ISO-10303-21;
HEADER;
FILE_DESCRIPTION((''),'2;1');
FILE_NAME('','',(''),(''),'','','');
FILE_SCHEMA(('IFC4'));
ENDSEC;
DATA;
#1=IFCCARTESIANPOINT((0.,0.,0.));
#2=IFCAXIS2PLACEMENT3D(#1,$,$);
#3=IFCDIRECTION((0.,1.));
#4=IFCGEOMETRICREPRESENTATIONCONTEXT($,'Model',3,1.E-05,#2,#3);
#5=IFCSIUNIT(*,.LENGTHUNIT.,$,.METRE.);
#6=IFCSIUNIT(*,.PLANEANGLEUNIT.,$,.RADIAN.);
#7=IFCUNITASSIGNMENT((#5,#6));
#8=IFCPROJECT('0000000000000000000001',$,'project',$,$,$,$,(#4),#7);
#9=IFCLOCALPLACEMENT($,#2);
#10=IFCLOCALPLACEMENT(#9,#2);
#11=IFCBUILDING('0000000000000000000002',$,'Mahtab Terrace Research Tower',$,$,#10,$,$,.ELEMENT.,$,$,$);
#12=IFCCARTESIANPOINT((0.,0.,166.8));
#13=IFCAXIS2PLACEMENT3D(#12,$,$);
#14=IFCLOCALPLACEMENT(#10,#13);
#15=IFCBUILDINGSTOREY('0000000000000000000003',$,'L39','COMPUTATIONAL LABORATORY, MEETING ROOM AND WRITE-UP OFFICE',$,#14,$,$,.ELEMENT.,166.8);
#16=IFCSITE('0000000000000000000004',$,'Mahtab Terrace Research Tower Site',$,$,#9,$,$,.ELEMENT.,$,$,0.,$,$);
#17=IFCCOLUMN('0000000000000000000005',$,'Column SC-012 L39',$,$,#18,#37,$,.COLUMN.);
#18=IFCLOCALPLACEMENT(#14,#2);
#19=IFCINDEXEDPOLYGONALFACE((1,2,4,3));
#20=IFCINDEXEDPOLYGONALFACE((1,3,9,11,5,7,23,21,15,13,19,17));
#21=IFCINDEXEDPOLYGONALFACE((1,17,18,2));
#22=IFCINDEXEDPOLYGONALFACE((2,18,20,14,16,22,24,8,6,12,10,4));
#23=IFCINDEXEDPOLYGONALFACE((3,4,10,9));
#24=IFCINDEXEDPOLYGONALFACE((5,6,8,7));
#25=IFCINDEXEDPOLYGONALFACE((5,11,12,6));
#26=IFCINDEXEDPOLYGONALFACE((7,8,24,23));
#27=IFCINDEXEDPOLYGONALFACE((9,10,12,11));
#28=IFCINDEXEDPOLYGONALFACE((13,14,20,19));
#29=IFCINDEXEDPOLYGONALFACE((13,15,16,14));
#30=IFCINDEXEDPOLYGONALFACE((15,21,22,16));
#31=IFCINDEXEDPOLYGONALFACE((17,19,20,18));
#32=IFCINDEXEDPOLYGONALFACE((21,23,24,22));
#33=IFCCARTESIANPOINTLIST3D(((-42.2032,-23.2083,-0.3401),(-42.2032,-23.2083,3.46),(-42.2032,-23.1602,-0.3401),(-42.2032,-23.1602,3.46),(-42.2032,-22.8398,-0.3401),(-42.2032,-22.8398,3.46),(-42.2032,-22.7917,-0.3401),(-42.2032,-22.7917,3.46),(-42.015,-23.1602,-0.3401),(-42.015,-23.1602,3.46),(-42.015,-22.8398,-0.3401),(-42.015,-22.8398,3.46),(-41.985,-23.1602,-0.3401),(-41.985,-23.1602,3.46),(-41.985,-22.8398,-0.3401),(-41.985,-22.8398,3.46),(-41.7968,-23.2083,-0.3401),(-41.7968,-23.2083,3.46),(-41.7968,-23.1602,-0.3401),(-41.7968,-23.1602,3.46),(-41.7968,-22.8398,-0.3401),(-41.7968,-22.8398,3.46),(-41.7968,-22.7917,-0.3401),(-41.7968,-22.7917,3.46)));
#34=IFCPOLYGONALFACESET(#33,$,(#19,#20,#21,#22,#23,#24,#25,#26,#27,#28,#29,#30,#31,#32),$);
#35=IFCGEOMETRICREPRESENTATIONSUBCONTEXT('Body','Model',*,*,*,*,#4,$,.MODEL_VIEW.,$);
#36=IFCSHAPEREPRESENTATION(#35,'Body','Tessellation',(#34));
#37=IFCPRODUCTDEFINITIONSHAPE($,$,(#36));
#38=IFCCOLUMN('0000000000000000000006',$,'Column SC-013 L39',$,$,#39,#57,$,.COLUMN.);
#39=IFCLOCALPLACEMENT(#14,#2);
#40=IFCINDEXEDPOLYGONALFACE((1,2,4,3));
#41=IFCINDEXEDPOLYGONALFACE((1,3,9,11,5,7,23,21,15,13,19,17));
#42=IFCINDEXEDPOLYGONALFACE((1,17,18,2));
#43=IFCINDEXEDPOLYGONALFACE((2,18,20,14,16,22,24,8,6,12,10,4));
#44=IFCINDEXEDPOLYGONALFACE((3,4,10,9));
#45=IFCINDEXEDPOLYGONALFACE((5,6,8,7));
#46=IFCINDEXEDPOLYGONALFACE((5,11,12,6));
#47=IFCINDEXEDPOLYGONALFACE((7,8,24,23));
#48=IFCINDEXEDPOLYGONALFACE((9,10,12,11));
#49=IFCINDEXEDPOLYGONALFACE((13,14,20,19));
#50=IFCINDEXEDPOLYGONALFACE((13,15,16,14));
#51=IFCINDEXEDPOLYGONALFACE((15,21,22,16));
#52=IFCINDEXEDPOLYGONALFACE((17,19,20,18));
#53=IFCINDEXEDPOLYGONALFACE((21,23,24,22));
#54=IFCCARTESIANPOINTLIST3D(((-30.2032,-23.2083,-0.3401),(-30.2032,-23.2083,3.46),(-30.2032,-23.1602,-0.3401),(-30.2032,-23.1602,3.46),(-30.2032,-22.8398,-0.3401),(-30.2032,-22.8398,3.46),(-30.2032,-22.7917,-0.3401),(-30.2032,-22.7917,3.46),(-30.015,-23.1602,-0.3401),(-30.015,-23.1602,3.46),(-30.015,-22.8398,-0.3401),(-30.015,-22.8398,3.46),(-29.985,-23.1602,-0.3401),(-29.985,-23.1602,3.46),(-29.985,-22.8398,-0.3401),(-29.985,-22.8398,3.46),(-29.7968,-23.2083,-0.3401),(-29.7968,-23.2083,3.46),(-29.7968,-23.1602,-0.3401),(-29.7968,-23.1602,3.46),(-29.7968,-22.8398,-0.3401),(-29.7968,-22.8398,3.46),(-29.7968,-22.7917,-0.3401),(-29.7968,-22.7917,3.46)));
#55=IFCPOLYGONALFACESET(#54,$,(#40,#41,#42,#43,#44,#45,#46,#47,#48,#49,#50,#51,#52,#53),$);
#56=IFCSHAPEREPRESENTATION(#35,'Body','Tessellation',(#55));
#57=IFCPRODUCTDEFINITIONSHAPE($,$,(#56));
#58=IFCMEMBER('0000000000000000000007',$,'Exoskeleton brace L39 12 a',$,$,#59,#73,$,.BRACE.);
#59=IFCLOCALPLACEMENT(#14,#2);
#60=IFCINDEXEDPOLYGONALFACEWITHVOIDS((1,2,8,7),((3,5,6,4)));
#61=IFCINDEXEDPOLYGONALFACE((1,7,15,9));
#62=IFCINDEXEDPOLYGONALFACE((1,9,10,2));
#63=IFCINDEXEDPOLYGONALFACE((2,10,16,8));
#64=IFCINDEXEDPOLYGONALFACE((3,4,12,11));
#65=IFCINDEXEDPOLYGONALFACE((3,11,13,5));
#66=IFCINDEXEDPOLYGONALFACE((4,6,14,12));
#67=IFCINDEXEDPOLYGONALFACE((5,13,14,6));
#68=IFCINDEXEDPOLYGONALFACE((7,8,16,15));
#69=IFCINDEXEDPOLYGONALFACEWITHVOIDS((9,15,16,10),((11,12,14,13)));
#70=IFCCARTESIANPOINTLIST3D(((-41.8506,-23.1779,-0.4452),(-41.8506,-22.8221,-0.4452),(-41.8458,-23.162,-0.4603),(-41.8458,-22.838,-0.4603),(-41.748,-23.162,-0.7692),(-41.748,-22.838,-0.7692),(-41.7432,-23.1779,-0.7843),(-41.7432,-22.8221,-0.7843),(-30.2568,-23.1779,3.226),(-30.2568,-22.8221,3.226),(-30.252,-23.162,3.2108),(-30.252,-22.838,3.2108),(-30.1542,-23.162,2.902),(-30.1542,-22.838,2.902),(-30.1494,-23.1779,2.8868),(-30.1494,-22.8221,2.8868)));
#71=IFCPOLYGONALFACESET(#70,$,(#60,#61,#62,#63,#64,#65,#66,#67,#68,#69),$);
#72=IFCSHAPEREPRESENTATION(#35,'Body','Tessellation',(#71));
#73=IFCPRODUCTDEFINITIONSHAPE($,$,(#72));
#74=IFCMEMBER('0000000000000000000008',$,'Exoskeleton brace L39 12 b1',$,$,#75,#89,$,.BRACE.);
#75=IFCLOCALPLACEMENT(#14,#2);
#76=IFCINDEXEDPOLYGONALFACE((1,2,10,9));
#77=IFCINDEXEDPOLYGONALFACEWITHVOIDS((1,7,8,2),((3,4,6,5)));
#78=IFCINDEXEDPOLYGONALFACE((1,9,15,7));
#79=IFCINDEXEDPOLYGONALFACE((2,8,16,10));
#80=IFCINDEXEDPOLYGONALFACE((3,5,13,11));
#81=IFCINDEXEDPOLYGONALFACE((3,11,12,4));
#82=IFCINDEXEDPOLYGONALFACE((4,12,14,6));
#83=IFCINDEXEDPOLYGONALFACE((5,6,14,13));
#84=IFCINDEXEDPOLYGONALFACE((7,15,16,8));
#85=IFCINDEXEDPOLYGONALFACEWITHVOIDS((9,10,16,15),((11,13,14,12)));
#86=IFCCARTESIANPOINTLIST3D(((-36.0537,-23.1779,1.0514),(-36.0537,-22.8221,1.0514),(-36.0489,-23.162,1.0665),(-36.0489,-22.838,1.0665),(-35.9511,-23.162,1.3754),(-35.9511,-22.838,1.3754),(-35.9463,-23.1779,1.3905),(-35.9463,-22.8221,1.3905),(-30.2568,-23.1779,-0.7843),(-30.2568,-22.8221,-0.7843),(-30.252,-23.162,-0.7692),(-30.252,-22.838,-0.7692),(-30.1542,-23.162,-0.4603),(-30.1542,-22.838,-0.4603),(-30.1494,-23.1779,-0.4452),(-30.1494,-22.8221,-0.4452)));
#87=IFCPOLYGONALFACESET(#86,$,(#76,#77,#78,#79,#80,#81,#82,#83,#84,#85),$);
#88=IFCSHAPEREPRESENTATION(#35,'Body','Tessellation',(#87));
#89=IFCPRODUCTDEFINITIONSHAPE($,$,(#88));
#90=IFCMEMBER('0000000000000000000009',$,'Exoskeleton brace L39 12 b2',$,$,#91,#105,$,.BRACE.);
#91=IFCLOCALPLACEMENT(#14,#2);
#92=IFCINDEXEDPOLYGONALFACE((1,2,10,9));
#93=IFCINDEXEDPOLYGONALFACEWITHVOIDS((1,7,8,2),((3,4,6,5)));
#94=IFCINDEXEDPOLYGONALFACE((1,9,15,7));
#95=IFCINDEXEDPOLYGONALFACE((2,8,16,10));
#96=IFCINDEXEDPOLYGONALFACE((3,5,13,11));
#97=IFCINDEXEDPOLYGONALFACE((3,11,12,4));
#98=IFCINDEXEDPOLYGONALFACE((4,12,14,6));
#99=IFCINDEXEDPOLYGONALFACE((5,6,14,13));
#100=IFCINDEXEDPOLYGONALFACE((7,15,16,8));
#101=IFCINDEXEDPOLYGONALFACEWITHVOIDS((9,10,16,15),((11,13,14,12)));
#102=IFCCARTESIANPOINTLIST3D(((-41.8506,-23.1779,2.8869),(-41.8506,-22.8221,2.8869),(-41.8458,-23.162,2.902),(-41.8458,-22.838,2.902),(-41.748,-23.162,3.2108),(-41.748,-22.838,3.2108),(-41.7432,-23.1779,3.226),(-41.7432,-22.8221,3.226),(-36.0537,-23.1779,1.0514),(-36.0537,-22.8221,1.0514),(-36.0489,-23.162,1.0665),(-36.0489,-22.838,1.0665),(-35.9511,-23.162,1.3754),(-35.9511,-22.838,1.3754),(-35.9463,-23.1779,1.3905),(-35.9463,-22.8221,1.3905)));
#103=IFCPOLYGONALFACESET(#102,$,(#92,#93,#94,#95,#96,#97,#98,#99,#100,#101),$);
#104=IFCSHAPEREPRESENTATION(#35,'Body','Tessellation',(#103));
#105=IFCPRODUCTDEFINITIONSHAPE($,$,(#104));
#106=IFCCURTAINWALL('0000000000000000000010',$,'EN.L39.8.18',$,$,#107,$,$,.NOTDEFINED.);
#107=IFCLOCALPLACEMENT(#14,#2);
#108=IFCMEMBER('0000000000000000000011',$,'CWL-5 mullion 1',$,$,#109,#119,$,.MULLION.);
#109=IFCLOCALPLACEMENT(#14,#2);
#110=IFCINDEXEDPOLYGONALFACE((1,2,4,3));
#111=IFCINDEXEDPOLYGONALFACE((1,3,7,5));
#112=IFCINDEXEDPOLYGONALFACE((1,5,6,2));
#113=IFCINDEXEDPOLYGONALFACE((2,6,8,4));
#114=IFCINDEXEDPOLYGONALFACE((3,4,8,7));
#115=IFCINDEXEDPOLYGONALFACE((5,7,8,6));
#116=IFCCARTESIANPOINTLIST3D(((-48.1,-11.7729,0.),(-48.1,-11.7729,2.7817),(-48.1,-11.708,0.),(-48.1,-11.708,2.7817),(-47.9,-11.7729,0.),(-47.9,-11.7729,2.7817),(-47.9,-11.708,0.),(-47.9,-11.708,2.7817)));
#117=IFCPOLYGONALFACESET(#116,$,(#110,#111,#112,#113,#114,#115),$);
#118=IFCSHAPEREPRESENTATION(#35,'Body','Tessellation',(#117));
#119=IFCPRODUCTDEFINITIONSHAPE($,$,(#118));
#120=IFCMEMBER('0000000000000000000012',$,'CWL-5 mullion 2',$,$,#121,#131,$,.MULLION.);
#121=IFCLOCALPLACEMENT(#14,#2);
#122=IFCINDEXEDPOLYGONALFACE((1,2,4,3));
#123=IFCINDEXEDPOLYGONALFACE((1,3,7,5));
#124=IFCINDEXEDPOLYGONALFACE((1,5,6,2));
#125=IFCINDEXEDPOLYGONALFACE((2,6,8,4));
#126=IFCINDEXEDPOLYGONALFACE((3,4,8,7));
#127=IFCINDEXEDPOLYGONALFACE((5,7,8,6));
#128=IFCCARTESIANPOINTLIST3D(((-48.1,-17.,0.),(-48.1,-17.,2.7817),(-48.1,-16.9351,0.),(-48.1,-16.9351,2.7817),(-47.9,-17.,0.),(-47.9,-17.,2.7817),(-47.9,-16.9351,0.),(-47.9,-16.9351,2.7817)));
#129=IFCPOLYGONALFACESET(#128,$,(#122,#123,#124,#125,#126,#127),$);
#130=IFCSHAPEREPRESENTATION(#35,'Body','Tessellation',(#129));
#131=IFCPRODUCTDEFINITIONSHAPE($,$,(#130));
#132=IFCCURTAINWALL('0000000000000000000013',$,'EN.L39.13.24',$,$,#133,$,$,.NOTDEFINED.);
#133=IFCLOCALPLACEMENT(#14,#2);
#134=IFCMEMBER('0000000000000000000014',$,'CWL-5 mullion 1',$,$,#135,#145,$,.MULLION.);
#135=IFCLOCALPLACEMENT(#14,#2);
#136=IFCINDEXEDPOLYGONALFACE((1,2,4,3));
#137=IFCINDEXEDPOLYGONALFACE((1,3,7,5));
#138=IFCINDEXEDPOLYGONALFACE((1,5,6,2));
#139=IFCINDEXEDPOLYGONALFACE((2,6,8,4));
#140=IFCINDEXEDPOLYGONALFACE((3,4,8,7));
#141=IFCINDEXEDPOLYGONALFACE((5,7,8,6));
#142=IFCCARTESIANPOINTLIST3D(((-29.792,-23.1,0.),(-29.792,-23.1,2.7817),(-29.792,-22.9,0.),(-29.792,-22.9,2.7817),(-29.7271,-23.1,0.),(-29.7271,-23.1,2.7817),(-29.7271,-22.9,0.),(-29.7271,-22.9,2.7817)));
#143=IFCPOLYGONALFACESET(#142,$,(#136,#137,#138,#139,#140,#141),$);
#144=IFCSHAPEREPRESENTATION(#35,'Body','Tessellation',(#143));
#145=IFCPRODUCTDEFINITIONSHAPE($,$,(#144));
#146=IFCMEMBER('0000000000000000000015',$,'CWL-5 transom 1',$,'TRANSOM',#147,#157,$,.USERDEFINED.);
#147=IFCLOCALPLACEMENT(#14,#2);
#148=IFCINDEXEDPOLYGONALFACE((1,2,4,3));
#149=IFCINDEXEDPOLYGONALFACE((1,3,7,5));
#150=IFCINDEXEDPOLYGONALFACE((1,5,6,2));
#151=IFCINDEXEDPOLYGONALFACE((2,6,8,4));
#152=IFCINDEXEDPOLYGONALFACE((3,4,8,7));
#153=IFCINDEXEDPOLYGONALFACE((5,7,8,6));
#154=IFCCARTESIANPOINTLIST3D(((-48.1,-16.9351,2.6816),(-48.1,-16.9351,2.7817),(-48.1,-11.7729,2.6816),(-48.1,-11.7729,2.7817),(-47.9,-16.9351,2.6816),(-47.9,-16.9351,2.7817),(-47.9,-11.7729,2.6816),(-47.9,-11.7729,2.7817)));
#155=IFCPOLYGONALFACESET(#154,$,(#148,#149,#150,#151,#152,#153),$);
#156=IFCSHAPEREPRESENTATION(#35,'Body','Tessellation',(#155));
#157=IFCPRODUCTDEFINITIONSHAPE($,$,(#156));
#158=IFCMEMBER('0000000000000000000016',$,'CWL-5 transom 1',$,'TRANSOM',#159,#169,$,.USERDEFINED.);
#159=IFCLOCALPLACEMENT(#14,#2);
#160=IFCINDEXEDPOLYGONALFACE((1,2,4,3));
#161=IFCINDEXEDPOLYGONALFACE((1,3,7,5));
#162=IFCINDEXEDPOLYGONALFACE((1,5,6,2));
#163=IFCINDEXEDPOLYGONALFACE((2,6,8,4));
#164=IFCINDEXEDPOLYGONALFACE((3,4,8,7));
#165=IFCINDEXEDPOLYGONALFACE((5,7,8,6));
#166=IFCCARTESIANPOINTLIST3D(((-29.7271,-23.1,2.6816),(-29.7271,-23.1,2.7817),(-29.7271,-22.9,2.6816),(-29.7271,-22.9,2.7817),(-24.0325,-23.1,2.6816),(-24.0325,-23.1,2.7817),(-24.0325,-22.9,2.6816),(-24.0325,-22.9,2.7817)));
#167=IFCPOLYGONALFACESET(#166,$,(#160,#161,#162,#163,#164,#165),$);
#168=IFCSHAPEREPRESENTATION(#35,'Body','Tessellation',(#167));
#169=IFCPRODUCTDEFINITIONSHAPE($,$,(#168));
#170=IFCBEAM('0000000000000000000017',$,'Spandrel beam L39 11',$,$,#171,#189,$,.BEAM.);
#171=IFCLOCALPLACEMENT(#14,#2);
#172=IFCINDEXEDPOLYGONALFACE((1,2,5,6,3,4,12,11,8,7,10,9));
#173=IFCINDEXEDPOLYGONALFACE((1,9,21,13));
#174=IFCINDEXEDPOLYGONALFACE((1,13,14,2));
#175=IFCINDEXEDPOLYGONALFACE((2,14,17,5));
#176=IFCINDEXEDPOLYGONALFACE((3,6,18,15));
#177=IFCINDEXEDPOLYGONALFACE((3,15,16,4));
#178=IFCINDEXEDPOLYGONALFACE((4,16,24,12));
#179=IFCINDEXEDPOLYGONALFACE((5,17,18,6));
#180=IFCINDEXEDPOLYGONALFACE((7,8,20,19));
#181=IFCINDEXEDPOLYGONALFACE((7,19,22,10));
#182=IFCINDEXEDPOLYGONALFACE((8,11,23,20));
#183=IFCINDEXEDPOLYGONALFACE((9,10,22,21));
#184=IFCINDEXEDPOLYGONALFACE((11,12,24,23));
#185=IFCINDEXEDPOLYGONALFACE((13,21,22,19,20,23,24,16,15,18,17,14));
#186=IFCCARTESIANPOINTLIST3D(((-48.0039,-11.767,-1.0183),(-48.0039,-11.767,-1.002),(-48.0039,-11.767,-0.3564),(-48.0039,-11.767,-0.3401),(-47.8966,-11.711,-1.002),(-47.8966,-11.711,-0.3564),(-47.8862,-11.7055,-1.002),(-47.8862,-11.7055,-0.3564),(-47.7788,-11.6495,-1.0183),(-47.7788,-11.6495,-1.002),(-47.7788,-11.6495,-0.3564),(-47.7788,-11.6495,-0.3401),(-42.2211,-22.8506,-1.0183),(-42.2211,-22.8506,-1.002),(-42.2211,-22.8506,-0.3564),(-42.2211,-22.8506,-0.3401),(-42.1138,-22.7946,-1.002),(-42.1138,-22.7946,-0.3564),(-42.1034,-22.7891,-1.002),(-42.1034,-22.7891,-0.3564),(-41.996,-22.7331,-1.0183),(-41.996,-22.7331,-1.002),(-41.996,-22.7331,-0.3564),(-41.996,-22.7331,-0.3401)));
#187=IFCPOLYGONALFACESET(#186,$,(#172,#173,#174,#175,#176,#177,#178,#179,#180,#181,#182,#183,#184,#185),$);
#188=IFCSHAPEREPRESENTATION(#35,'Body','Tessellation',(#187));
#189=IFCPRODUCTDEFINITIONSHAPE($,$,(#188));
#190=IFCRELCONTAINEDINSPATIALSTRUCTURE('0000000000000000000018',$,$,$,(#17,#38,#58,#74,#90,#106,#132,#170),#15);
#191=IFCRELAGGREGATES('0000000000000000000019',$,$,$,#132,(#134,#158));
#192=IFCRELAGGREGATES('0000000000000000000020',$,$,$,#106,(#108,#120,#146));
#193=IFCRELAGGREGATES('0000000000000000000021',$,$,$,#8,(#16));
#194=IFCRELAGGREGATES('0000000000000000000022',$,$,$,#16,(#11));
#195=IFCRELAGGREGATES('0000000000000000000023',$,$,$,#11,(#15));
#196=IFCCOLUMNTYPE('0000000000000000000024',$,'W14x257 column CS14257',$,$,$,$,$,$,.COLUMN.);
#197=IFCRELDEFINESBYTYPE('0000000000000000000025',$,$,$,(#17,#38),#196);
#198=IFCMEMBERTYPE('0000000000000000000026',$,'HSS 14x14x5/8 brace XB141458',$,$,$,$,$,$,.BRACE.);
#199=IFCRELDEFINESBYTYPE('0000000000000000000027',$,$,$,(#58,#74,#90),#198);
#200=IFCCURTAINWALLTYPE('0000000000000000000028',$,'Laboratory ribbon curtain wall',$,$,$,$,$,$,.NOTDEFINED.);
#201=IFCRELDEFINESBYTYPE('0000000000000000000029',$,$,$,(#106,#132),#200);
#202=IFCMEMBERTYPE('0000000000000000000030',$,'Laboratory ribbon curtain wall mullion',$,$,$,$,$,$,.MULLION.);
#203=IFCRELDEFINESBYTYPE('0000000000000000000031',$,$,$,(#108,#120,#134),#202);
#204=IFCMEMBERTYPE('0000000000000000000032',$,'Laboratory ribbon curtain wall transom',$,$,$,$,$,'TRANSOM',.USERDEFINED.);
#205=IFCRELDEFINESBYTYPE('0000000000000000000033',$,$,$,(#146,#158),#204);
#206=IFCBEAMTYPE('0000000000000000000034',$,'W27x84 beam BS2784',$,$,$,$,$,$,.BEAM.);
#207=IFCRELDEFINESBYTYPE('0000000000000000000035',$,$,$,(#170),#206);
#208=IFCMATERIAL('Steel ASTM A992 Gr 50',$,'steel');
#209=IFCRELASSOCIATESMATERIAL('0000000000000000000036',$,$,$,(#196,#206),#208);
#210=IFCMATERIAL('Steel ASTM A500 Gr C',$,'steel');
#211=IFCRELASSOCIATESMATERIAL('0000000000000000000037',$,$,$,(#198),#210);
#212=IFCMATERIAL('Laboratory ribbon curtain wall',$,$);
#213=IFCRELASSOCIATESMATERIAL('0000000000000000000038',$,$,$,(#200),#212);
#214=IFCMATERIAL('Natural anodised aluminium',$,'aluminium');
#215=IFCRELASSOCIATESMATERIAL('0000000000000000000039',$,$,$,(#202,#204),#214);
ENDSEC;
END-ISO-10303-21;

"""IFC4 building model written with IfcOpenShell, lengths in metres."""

from ifc_helpers import new_model, si_unit, direction, frame, origin, origin_2d, place, context, subcontext, project, spatial, rectangle, hollow_rectangle, i_section, extrude, material, material_profile, profile_set, type_object, element, aggregate, save


model = new_model("IFC4")

# Units and contexts
model_context = context("Model", 3, precision=1e-05, world=origin(), true_north=direction((0.0, 1.0)))
body_context = subcontext(model_context, "Body", "Model", "MODEL_VIEW")
ifc_project = project(units=[si_unit("LENGTHUNIT", "METRE"), si_unit("PLANEANGLEUNIT", "RADIAN")], contexts=[model_context])

# Site, building, storey
site_placement = place(None, origin())
site = spatial("IfcSite", under=ifc_project, at=site_placement, Name="Mahtab Terrace Research Tower Site", CompositionType="ELEMENT", RefElevation=0.0)
building_placement = place(site_placement, origin())
building = spatial("IfcBuilding", under=site, at=building_placement, Name="Mahtab Terrace Research Tower", CompositionType="ELEMENT")
storey_placement = place(building_placement, frame((0.0, 0.0, 166.8)))
storey = spatial("IfcBuildingStorey", under=building, at=storey_placement, Name="L39", Description="COMPUTATIONAL LABORATORY, MEETING ROOM AND WRITE-UP OFFICE", CompositionType="ELEMENT", Elevation=166.8)

# Columns
ifc_material_1 = material(Name="Steel ASTM A992 Gr 50", Category="steel")
ifc_material_profile_1 = material_profile(ifc_material_1, i_section(OverallWidth=0.4065, OverallDepth=0.4165, WebThickness=0.03, FlangeThickness=0.0481, at=origin_2d()), Name="W14X257")
ifc_profile_set_1 = profile_set([ifc_material_profile_1], Name="Steel ASTM A992 Gr 50")
column_type = type_object("IfcColumnType", Name="W14x257 column CS14257", PredefinedType="COLUMN", material=ifc_profile_set_1)
for number, where, z_axis, x_axis, name in (
    (1, (-42.0, -23.0, -0.3401), (0.0, 0.0, 1.0), (1.0, 0.0, 0.0), "Column SC-012 L39"),
    (2, (-30.0, -23.0, -0.3401), (0.0, 0.0, 1.0), (1.0, 0.0, 0.0), "Column SC-013 L39"),
):
    element("IfcColumn", number, at=place(storey_placement, frame(where, z_axis=z_axis, x_axis=x_axis)), inside=storey, type_object=column_type, Name=name, PredefinedType="COLUMN", context=body_context, shape_type="SweptSolid", body=[
        extrude(i_section(OverallWidth=0.4065, OverallDepth=0.4165, WebThickness=0.03, FlangeThickness=0.0481, at=origin_2d()), origin(), (0.0, 0.0, 1.0), 3.8),
    ])

# Members
ifc_material_2 = material(Name="Steel ASTM A500 Gr C", Category="steel")
ifc_material_profile_2 = material_profile(ifc_material_2, hollow_rectangle(XDim=0.3557, YDim=0.3557, WallThickness=0.0159, at=origin_2d()), Name="HSS14X14X5/8")
ifc_profile_set_2 = profile_set([ifc_material_profile_2], Name="Steel ASTM A500 Gr C")
member_type_1 = type_object("IfcMemberType", Name="HSS 14x14x5/8 brace XB141458", PredefinedType="BRACE", material=ifc_profile_set_2)
member_1_placement = place(storey_placement, frame((-41.7969, -23.0, -0.6147), z_axis=(0.953347, 0.0, 0.301876), x_axis=(0.0, 1.0, 0.0)))
element("IfcMember", 3, at=member_1_placement, inside=storey, type_object=member_type_1, Name="Exoskeleton brace L39 12 a", PredefinedType="BRACE", context=body_context, shape_type="SweptSolid", body=[
    extrude(hollow_rectangle(XDim=0.3557, YDim=0.3557, WallThickness=0.0159, at=origin_2d()), origin(), (0.0, 0.0, 1.0), 12.1611),
])
for number, where, z_axis, x_axis, name in (
    (4, (-30.2031, -23.0, -0.6147), (-0.953341, 0.0, 0.301894), (0.0, -1.0, 0.0), "Exoskeleton brace L39 12 b1"),
    (5, (-36.0, -23.0, 1.2209), (-0.953353, 0.0, 0.301858), (0.0, -1.0, 0.0), "Exoskeleton brace L39 12 b2"),
):
    element("IfcMember", number, at=place(storey_placement, frame(where, z_axis=z_axis, x_axis=x_axis)), inside=storey, type_object=member_type_1, Name=name, PredefinedType="BRACE", context=body_context, shape_type="SweptSolid", body=[
        extrude(hollow_rectangle(XDim=0.3557, YDim=0.3557, WallThickness=0.0159, at=origin_2d()), origin(), (0.0, 0.0, 1.0), 6.0806),
    ])

# Curtain wall, members
ifc_material_3 = material(Name="Laboratory ribbon curtain wall")
curtain_wall_type = type_object("IfcCurtainWallType", Name="Laboratory ribbon curtain wall", PredefinedType="NOTDEFINED", material=ifc_material_3)
curtain_wall_1_placement = place(storey_placement, origin())
curtain_wall_1 = element("IfcCurtainWall", 6, at=curtain_wall_1_placement, inside=storey, type_object=curtain_wall_type, Name="EN.L39.8.18", PredefinedType="NOTDEFINED")
ifc_material_4 = material(Name="Natural anodised aluminium", Category="aluminium")
ifc_material_profile_3 = material_profile(ifc_material_4, rectangle(XDim=0.2, YDim=0.0649, at=origin_2d()), Name="MULLION 65x200")
ifc_profile_set_3 = profile_set([ifc_material_profile_3], Name="Natural anodised aluminium")
member_type_2 = type_object("IfcMemberType", Name="Laboratory ribbon curtain wall mullion", PredefinedType="MULLION", material=ifc_profile_set_3)
member_2_placement = place(storey_placement, frame((-48.0, -11.7405, 0.0), z_axis=(0.0, 0.0, 1.0), x_axis=(1.0, 0.0, 0.0)))
member_2 = element("IfcMember", 7, at=member_2_placement, type_object=member_type_2, Name="CWL-5 mullion 1", PredefinedType="MULLION", context=body_context, shape_type="SweptSolid", body=[
    extrude(rectangle(XDim=0.2, YDim=0.0649, at=origin_2d()), origin(), (0.0, 0.0, 1.0), 2.7817),
])
member_3_placement = place(storey_placement, frame((-48.0, -16.9675, 0.0), z_axis=(0.0, 0.0, 1.0), x_axis=(1.0, 0.0, 0.0)))
member_3 = element("IfcMember", 8, at=member_3_placement, type_object=member_type_2, Name="CWL-5 mullion 2", PredefinedType="MULLION", context=body_context, shape_type="SweptSolid", body=[
    extrude(rectangle(XDim=0.2, YDim=0.0649, at=origin_2d()), origin(), (0.0, 0.0, 1.0), 2.7817),
])

# Curtain wall, member
curtain_wall_2_placement = place(storey_placement, origin())
curtain_wall_2 = element("IfcCurtainWall", 9, at=curtain_wall_2_placement, inside=storey, type_object=curtain_wall_type, Name="EN.L39.13.24", PredefinedType="NOTDEFINED")
member_4_placement = place(storey_placement, frame((-29.7595, -23.0, 0.0), z_axis=(0.0, 0.0, 1.0), x_axis=(0.0, 1.0, 0.0)))
member_4 = element("IfcMember", 10, at=member_4_placement, type_object=member_type_2, Name="CWL-5 mullion 1", PredefinedType="MULLION", context=body_context, shape_type="SweptSolid", body=[
    extrude(rectangle(XDim=0.2, YDim=0.0649, at=origin_2d()), origin(), (0.0, 0.0, 1.0), 2.7817),
])

# Members
ifc_material_profile_4 = material_profile(ifc_material_4, rectangle(XDim=0.2, YDim=0.1001, at=origin_2d()), Name="TRANSOM 100x200")
ifc_profile_set_4 = profile_set([ifc_material_profile_4], Name="Natural anodised aluminium")
member_type_3 = type_object("IfcMemberType", Name="Laboratory ribbon curtain wall transom", ElementType="TRANSOM", PredefinedType="USERDEFINED", material=ifc_profile_set_4)
member_5_placement = place(storey_placement, frame((-48.0, -11.7729, 2.7317), z_axis=(0.0, -1.0, 0.0), x_axis=(1.0, 0.0, 0.0)))
member_5 = element("IfcMember", 11, at=member_5_placement, type_object=member_type_3, Name="CWL-5 transom 1", ObjectType="TRANSOM", PredefinedType="USERDEFINED", context=body_context, shape_type="SweptSolid", body=[
    extrude(rectangle(XDim=0.2, YDim=0.1001, at=origin_2d()), origin(), (0.0, 0.0, 1.0), 5.1621),
])
member_6_placement = place(storey_placement, frame((-29.7271, -23.0, 2.7317), z_axis=(1.0, 0.0, 0.0), x_axis=(0.0, 1.0, 0.0)))
member_6 = element("IfcMember", 12, at=member_6_placement, type_object=member_type_3, Name="CWL-5 transom 1", ObjectType="TRANSOM", PredefinedType="USERDEFINED", context=body_context, shape_type="SweptSolid", body=[
    extrude(rectangle(XDim=0.2, YDim=0.1001, at=origin_2d()), origin(), (0.0, 0.0, 1.0), 5.6946),
])
aggregate(curtain_wall_2, [member_4, member_6])

# Beam
ifc_material_profile_5 = material_profile(ifc_material_1, i_section(OverallWidth=0.2539, OverallDepth=0.6782, WebThickness=0.0117, FlangeThickness=0.0164, at=origin_2d()), Name="W27X84")
ifc_profile_set_5 = profile_set([ifc_material_profile_5], Name="Steel ASTM A992 Gr 50")
beam_type = type_object("IfcBeamType", Name="W27x84 beam BS2784", PredefinedType="BEAM", material=ifc_profile_set_5)
beam_placement = place(storey_placement, frame((-47.8914, -11.7083, -0.6792), z_axis=(0.462567, -0.886584, 0.0), x_axis=(0.886584, 0.462567, 0.0)))
element("IfcBeam", 13, at=beam_placement, inside=storey, type_object=beam_type, Name="Spandrel beam L39 11", PredefinedType="BEAM", context=body_context, shape_type="SweptSolid", body=[
    extrude(i_section(OverallWidth=0.2539, OverallDepth=0.6782, WebThickness=0.0117, FlangeThickness=0.0164, at=origin_2d()), origin(), (0.0, 0.0, 1.0), 12.5015),
])

aggregate(curtain_wall_1, [member_2, member_3, member_5])

save(model, "model.ifc")
